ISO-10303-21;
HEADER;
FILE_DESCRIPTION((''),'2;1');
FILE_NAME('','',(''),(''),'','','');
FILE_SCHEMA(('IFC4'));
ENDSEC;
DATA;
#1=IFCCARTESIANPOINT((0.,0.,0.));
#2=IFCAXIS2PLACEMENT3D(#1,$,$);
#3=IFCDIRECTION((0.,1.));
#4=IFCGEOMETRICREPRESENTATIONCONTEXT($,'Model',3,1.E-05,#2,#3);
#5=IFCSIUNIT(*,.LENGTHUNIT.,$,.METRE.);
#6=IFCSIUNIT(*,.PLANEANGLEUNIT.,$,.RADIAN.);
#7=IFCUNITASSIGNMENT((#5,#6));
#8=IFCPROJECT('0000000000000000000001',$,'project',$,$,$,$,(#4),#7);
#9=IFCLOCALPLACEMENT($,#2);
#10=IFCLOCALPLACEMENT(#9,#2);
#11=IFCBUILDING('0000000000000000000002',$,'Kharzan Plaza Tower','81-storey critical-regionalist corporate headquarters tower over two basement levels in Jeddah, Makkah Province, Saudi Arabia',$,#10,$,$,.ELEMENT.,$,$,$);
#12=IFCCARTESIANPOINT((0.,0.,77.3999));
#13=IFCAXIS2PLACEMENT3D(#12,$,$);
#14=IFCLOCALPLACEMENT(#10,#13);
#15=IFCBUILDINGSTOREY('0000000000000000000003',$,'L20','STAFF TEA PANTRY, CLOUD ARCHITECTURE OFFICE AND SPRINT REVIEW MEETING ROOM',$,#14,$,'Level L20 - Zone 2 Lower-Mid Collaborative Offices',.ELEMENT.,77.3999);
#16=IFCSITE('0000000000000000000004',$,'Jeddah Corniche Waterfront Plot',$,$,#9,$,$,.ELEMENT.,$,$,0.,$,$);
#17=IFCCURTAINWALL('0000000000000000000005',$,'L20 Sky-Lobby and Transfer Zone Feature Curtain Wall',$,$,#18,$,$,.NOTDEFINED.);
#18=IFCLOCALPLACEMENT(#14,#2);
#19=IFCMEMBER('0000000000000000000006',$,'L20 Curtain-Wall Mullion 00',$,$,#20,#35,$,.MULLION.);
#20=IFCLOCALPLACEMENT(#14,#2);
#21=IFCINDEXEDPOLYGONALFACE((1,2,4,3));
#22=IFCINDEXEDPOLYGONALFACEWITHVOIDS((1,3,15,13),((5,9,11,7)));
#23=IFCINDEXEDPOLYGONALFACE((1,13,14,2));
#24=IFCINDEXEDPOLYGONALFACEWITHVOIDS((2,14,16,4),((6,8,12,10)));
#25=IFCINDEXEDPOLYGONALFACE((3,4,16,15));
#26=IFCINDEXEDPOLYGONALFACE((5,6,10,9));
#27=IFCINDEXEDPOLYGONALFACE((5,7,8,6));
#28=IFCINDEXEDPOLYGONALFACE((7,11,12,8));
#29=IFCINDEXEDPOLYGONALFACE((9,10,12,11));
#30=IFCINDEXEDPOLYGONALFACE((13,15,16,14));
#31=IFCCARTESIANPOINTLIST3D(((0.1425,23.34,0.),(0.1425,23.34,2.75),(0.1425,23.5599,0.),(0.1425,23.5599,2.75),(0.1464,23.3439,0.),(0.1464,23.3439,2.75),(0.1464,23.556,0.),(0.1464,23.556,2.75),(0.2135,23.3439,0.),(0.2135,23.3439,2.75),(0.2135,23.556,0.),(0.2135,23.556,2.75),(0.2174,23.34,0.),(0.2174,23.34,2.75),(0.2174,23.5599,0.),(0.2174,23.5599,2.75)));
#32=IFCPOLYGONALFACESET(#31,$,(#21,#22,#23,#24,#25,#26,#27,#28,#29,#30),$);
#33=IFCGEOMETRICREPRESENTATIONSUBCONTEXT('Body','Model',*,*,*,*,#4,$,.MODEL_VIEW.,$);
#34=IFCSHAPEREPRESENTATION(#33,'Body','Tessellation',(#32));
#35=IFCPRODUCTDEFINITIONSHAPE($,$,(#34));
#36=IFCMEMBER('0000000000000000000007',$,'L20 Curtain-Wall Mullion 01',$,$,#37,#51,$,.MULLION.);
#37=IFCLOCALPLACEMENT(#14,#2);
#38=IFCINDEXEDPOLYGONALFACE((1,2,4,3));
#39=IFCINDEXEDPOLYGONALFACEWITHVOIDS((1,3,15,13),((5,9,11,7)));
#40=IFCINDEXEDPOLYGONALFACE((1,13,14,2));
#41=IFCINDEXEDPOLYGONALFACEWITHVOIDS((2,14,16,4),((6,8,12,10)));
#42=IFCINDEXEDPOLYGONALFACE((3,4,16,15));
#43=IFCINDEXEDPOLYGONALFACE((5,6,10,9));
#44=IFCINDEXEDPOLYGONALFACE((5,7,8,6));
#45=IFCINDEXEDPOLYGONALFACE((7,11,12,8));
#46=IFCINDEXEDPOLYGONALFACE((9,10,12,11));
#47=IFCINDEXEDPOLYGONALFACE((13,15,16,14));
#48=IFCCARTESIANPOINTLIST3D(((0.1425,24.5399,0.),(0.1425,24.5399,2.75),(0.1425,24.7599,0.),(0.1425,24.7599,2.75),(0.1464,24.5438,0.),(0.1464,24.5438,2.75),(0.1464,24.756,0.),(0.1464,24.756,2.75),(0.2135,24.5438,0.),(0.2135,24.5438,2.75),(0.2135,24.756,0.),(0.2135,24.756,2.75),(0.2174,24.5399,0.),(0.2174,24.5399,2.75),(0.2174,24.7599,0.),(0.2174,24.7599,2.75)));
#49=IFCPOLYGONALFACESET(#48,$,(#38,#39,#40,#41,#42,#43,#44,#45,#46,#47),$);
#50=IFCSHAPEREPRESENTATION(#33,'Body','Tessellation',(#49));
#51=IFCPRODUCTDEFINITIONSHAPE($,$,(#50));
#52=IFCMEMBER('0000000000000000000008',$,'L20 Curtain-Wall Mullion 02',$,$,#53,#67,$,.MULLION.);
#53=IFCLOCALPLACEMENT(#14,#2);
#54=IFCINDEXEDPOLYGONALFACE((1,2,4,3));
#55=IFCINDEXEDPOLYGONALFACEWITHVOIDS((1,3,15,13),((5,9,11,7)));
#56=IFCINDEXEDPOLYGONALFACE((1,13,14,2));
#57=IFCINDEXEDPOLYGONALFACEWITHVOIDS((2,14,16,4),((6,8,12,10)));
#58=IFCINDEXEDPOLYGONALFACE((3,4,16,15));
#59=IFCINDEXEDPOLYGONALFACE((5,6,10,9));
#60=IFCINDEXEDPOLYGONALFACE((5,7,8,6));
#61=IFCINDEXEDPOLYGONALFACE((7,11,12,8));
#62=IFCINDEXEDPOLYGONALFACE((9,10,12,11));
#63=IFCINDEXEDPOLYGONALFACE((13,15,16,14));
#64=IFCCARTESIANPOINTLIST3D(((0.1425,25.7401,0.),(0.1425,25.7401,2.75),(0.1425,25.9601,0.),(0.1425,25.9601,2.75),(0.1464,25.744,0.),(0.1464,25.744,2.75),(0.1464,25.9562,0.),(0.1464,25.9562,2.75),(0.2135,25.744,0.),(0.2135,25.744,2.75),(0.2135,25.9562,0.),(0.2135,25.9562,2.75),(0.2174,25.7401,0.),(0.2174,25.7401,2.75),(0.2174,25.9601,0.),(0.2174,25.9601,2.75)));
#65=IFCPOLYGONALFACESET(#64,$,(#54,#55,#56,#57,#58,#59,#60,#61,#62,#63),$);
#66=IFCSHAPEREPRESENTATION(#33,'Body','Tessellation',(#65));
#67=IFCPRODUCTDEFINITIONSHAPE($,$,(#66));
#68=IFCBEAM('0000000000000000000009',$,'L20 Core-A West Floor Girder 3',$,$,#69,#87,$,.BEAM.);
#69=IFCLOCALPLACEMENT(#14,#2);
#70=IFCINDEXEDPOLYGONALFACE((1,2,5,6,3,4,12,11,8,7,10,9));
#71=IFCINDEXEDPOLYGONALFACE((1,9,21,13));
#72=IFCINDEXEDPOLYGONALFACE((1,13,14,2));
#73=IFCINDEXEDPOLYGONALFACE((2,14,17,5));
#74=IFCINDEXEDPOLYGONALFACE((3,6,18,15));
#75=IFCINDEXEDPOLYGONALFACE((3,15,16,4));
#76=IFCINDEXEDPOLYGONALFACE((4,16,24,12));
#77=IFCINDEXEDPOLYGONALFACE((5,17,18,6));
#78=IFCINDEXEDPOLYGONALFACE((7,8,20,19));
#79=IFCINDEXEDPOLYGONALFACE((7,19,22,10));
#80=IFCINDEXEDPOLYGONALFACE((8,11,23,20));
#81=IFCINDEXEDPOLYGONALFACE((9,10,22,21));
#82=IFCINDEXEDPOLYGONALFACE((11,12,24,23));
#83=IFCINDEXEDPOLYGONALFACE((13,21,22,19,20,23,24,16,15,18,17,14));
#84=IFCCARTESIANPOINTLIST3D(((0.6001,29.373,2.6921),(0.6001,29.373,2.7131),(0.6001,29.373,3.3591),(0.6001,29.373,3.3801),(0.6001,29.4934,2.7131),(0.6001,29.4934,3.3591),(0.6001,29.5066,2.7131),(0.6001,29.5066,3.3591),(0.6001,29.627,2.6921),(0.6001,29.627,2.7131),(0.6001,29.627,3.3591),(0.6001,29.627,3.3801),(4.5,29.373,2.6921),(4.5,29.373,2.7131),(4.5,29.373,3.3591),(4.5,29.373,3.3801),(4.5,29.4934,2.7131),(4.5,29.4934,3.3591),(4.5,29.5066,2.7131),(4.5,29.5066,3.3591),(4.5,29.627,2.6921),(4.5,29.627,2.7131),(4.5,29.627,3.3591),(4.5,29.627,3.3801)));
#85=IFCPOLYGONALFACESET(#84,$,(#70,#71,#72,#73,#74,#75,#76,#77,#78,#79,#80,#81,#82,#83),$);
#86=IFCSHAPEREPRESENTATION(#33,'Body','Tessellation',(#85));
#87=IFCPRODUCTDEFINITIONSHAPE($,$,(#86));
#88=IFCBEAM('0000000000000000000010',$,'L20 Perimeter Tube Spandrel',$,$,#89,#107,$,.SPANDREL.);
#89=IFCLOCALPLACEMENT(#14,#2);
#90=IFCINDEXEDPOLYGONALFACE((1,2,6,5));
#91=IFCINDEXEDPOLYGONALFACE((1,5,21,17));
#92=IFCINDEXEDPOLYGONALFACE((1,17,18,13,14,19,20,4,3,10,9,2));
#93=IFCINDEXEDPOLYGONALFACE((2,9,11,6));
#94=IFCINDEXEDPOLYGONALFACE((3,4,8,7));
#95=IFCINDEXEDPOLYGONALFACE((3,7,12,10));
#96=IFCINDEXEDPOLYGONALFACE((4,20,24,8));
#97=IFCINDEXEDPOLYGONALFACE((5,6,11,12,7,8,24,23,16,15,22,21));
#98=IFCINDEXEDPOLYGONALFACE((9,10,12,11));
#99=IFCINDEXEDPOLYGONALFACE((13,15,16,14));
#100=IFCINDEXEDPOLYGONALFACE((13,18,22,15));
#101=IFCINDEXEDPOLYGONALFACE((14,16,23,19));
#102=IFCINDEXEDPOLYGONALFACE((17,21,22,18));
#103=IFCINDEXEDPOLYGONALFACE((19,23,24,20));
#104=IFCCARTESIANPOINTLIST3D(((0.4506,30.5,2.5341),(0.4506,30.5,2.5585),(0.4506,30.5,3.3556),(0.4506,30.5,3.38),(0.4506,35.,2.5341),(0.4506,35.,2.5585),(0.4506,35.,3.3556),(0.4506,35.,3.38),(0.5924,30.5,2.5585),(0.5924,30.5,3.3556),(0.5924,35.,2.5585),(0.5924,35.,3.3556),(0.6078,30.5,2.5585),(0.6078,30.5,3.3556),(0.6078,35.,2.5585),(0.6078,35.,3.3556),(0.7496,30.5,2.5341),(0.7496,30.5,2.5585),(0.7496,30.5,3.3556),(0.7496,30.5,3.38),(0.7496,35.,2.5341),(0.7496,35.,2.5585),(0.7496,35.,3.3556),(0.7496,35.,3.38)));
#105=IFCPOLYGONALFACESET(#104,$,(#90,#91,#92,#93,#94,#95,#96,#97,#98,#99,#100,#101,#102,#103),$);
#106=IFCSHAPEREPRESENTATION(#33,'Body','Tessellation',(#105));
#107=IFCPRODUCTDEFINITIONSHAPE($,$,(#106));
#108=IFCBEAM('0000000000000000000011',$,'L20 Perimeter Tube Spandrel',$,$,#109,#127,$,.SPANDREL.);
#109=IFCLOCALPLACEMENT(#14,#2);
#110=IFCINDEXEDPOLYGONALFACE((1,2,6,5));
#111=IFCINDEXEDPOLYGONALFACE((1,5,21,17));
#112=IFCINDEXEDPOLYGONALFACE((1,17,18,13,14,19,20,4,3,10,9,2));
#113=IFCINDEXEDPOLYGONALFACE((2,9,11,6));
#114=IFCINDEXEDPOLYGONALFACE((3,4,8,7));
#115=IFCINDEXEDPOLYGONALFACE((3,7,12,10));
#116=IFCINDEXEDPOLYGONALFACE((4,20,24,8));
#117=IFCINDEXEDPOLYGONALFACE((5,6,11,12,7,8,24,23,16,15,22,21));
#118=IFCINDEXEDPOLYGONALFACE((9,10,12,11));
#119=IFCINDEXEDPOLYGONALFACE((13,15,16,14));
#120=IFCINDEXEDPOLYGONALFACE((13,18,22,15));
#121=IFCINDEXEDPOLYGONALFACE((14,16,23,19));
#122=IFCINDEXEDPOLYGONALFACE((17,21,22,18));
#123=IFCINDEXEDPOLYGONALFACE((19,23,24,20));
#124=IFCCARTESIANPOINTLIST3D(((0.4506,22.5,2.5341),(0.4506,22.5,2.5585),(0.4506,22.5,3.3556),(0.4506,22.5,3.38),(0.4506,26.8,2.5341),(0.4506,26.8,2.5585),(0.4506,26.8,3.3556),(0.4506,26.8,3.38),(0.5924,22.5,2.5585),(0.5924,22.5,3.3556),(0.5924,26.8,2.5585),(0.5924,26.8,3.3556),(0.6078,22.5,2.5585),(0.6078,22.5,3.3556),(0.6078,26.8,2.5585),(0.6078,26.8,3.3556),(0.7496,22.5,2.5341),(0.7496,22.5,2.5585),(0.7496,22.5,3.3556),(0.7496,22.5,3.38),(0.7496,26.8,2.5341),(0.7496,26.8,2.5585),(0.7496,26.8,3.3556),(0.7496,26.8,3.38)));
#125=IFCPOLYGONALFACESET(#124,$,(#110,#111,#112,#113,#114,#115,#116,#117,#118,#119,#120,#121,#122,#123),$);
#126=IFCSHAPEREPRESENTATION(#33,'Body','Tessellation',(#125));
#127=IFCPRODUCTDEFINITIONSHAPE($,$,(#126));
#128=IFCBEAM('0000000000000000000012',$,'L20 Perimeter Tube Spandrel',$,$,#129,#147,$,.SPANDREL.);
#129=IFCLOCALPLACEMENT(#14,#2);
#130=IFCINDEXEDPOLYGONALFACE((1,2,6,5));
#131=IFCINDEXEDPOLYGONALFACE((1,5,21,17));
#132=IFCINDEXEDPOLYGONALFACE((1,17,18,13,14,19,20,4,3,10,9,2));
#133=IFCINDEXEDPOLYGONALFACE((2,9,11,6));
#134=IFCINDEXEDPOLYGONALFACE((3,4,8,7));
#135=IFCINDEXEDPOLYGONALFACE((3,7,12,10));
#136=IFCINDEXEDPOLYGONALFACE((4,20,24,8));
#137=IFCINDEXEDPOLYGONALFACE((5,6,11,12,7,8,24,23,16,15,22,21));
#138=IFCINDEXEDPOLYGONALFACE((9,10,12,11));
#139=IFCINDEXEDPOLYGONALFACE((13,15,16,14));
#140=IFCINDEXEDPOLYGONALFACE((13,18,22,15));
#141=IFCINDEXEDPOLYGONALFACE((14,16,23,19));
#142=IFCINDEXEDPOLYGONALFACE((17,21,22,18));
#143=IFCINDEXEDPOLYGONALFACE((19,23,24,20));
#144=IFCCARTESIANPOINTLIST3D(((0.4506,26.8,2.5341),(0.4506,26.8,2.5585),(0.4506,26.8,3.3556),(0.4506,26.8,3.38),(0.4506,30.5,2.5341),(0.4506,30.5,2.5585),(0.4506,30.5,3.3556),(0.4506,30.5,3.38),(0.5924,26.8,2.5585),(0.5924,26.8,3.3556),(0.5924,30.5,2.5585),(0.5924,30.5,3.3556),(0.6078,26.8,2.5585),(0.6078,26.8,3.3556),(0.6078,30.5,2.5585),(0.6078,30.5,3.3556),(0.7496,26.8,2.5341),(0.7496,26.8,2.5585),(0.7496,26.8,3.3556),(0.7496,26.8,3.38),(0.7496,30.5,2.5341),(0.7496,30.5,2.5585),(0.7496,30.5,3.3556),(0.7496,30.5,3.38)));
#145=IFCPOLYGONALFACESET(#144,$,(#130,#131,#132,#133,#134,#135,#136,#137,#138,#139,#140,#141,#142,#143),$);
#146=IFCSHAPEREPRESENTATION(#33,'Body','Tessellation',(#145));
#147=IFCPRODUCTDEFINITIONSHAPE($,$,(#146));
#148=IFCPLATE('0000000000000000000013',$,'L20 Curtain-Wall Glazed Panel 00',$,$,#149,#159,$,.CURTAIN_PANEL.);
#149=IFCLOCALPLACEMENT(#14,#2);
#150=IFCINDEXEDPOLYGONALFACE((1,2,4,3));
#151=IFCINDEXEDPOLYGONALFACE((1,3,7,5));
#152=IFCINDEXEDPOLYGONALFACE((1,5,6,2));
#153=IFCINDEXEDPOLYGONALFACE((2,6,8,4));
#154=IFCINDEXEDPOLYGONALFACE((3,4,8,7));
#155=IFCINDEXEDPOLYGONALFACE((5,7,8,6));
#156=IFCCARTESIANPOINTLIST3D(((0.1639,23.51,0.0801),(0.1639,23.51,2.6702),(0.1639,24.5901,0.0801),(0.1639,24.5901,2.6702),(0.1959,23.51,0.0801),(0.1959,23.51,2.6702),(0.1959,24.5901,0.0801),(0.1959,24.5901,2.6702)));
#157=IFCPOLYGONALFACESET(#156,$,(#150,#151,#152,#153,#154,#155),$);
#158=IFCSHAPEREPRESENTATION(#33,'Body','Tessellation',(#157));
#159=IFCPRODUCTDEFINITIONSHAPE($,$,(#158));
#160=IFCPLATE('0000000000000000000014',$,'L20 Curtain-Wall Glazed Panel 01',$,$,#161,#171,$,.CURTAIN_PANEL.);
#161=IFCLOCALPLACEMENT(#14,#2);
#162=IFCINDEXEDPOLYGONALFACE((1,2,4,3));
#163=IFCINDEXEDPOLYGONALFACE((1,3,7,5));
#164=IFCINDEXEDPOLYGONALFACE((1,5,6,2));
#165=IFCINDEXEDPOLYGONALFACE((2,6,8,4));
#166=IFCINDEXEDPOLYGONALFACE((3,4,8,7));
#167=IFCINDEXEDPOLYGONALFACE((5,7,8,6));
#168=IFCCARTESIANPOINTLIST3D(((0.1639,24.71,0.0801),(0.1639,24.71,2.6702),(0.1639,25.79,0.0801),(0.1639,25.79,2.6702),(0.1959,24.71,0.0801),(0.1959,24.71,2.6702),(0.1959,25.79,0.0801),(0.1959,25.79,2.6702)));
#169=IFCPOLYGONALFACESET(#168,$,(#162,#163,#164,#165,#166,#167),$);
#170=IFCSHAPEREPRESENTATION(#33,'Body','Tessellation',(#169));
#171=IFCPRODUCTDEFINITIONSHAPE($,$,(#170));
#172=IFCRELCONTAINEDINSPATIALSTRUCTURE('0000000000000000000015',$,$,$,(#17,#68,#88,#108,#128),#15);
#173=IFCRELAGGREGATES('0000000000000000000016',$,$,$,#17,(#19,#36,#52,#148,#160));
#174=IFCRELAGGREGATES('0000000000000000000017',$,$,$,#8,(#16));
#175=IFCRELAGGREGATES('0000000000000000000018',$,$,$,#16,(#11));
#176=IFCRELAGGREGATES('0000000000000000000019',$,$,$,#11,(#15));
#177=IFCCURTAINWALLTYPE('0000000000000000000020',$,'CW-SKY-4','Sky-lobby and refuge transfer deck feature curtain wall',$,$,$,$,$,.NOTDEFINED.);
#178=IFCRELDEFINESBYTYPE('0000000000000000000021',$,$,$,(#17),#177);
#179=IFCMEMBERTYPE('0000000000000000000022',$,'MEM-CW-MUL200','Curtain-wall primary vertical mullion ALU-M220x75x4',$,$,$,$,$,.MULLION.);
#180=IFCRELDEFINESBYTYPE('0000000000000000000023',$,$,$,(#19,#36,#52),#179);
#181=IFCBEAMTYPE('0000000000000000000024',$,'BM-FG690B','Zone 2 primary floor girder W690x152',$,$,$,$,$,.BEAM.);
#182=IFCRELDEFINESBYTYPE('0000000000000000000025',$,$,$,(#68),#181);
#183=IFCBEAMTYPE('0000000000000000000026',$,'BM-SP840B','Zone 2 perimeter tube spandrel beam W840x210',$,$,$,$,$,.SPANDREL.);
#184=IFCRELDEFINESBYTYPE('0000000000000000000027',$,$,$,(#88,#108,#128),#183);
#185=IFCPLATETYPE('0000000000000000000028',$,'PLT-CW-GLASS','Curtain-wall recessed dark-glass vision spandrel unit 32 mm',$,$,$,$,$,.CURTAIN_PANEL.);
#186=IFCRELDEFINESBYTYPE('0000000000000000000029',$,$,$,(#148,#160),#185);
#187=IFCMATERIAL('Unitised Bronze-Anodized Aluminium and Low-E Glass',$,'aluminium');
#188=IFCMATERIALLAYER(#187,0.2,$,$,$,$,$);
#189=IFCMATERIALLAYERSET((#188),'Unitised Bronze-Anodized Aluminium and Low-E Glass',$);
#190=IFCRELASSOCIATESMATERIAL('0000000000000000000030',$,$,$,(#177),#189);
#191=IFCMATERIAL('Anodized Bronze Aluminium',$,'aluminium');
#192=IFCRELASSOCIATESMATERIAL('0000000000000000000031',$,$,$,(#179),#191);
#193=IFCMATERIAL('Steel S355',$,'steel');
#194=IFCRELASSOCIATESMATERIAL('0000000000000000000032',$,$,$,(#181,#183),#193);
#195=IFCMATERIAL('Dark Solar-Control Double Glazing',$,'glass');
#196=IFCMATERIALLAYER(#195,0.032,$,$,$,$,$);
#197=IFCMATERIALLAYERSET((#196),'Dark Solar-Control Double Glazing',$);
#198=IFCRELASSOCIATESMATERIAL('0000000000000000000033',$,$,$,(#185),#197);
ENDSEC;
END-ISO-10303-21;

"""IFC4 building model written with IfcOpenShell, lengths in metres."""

from ifc_helpers import new_model, si_unit, direction, frame, origin, origin_2d, place, context, subcontext, project, spatial, rectangle, hollow_rectangle, i_section, extrude, source, transform, mapped, material, layer, layer_set, material_profile, profile_set, type_object, element, aggregate, save


model = new_model("IFC4")

# Units and contexts
model_context = context("Model", 3, precision=1e-05, world=origin(), true_north=direction((0.0, 1.0)))
body_context = subcontext(model_context, "Body", "Model", "MODEL_VIEW")
ifc_project = project(units=[si_unit("LENGTHUNIT", "METRE"), si_unit("PLANEANGLEUNIT", "RADIAN")], contexts=[model_context])

# Site, building, storey
site_placement = place(None, origin())
site = spatial("IfcSite", under=ifc_project, at=site_placement, Name="Jeddah Corniche Waterfront Plot", CompositionType="ELEMENT", RefElevation=0.0)
building_placement = place(site_placement, origin())
building = spatial("IfcBuilding", under=site, at=building_placement, Name="Kharzan Plaza Tower", Description="81-storey critical-regionalist corporate headquarters tower over two basement levels in Jeddah, Makkah Province, Saudi Arabia", CompositionType="ELEMENT")
storey_placement = place(building_placement, frame((0.0, 0.0, 77.3999)))
storey = spatial("IfcBuildingStorey", under=building, at=storey_placement, Name="L20", Description="STAFF TEA PANTRY, CLOUD ARCHITECTURE OFFICE AND SPRINT REVIEW MEETING ROOM", LongName="Level L20 - Zone 2 Lower-Mid Collaborative Offices", CompositionType="ELEMENT", Elevation=77.3999)

# Shared definitions
ifc_material_1 = material(Name="Steel S355", Category="steel")

# Curtain wall, members
ifc_material_2 = material(Name="Unitised Bronze-Anodized Aluminium and Low-E Glass", Category="aluminium")
ifc_layer_1 = layer(ifc_material_2, 0.2)
ifc_layer_set_1 = layer_set([ifc_layer_1], Name="Unitised Bronze-Anodized Aluminium and Low-E Glass")
curtain_wall_type = type_object("IfcCurtainWallType", Name="CW-SKY-4", Description="Sky-lobby and refuge transfer deck feature curtain wall", PredefinedType="NOTDEFINED", material=ifc_layer_set_1)
curtain_wall_placement = place(storey_placement, origin())
curtain_wall = element("IfcCurtainWall", 1, at=curtain_wall_placement, inside=storey, type_object=curtain_wall_type, Name="L20 Sky-Lobby and Transfer Zone Feature Curtain Wall", PredefinedType="NOTDEFINED")
ifc_material_3 = material(Name="Anodized Bronze Aluminium", Category="aluminium")
ifc_material_profile_1 = material_profile(ifc_material_3, hollow_rectangle(XDim=0.075, YDim=0.22, WallThickness=0.0039, at=origin_2d()), Name="ALU-M220x75x4")
ifc_profile_set_1 = profile_set([ifc_material_profile_1], Name="Anodized Bronze Aluminium")
member_type_1 = type_object("IfcMemberType", Name="MEM-CW-MUL200", Description="Curtain-wall primary vertical mullion ALU-M220x75x4", PredefinedType="MULLION", material=ifc_profile_set_1)
shared_shape_1 = source(origin(), body_context, "Body", "SweptSolid", [
    extrude(hollow_rectangle(XDim=0.075, YDim=0.22, WallThickness=0.0039, at=origin_2d()), origin(), (0.0, 0.0, 1.0), 2.75),
])
member_1_placement = place(storey_placement, frame((0.1799, 23.45, 0.0), z_axis=(0.0, 0.0, 1.0), x_axis=(1.0, 0.0, 0.0)))
member_1 = element("IfcMember", 2, at=member_1_placement, type_object=member_type_1, Name="L20 Curtain-Wall Mullion 00", PredefinedType="MULLION", context=body_context, shape_type="MappedRepresentation", body=[
    mapped(shared_shape_1, transform((0.0, 0.0, 0.0), x_axis=(1.0, 0.0, 0.0), y_axis=(0.0, 1.0, 0.0), z_axis=(0.0, 0.0, 1.0))),
])
member_2_placement = place(storey_placement, frame((0.1799, 24.6499, 0.0), z_axis=(0.0, 0.0, 1.0), x_axis=(1.0, 0.0, 0.0)))
member_2 = element("IfcMember", 3, at=member_2_placement, type_object=member_type_1, Name="L20 Curtain-Wall Mullion 01", PredefinedType="MULLION", context=body_context, shape_type="MappedRepresentation", body=[
    mapped(shared_shape_1, transform((0.0, 0.0, 0.0), x_axis=(1.0, 0.0, 0.0), y_axis=(0.0, 1.0, 0.0), z_axis=(0.0, 0.0, 1.0))),
])
member_3_placement = place(storey_placement, frame((0.1799, 25.8501, 0.0), z_axis=(0.0, 0.0, 1.0), x_axis=(1.0, 0.0, 0.0)))
member_3 = element("IfcMember", 4, at=member_3_placement, type_object=member_type_1, Name="L20 Curtain-Wall Mullion 02", PredefinedType="MULLION", context=body_context, shape_type="MappedRepresentation", body=[
    mapped(shared_shape_1, transform((0.0, 0.0, 0.0), x_axis=(1.0, 0.0, 0.0), y_axis=(0.0, 1.0, 0.0), z_axis=(0.0, 0.0, 1.0))),
])

# Beams
ifc_material_profile_2 = material_profile(ifc_material_1, i_section(OverallWidth=0.2539, OverallDepth=0.688, WebThickness=0.0132, FlangeThickness=0.021, at=origin_2d()), Name="W690x152")
ifc_profile_set_2 = profile_set([ifc_material_profile_2], Name="Steel S355")
beam_type_1 = type_object("IfcBeamType", Name="BM-FG690B", Description="Zone 2 primary floor girder W690x152", PredefinedType="BEAM", material=ifc_profile_set_2)
shared_shape_2 = source(origin(), body_context, "Body", "SweptSolid", [
    extrude(i_section(OverallWidth=0.2539, OverallDepth=0.688, WebThickness=0.0132, FlangeThickness=0.021, at=origin_2d()), origin(), (0.0, 0.0, 1.0), 3.8999),
])
beam_1_placement = place(storey_placement, frame((0.6001, 29.5, 3.0361), z_axis=(1.0, 0.0, 0.0), x_axis=(0.0, 1.0, 0.0)))
element("IfcBeam", 5, at=beam_1_placement, inside=storey, type_object=beam_type_1, Name="L20 Core-A West Floor Girder 3", PredefinedType="BEAM", context=body_context, shape_type="MappedRepresentation", body=[
    mapped(shared_shape_2, transform((0.0, 0.0, 0.0), x_axis=(1.0, 0.0, 0.0), y_axis=(0.0, 1.0, 0.0), z_axis=(0.0, 0.0, 1.0))),
])
ifc_material_profile_3 = material_profile(ifc_material_1, i_section(OverallWidth=0.2991, OverallDepth=0.8459, WebThickness=0.0154, FlangeThickness=0.0244, at=origin_2d()), Name="W840x210")
ifc_profile_set_3 = profile_set([ifc_material_profile_3], Name="Steel S355")
beam_type_2 = type_object("IfcBeamType", Name="BM-SP840B", Description="Zone 2 perimeter tube spandrel beam W840x210", PredefinedType="SPANDREL", material=ifc_profile_set_3)
shared_shape_3 = source(origin(), body_context, "Body", "SweptSolid", [
    extrude(i_section(OverallWidth=0.2991, OverallDepth=0.8459, WebThickness=0.0154, FlangeThickness=0.0244, at=origin_2d()), origin(), (0.0, 0.0, 1.0), 4.5),
])
beam_2_placement = place(storey_placement, frame((0.6001, 30.5, 2.957), z_axis=(0.0, 1.0, 0.0), x_axis=(-1.0, 0.0, 0.0)))
element("IfcBeam", 6, at=beam_2_placement, inside=storey, type_object=beam_type_2, Name="L20 Perimeter Tube Spandrel", PredefinedType="SPANDREL", context=body_context, shape_type="MappedRepresentation", body=[
    mapped(shared_shape_3, transform((0.0, 0.0, 0.0), x_axis=(1.0, 0.0, 0.0), y_axis=(0.0, 1.0, 0.0), z_axis=(0.0, 0.0, 1.0))),
])
shared_shape_4 = source(origin(), body_context, "Body", "SweptSolid", [
    extrude(i_section(OverallWidth=0.2991, OverallDepth=0.8459, WebThickness=0.0154, FlangeThickness=0.0244, at=origin_2d()), origin(), (0.0, 0.0, 1.0), 4.3),
])
beam_3_placement = place(storey_placement, frame((0.6001, 22.5, 2.957), z_axis=(0.0, 1.0, 0.0), x_axis=(-1.0, 0.0, 0.0)))
element("IfcBeam", 7, at=beam_3_placement, inside=storey, type_object=beam_type_2, Name="L20 Perimeter Tube Spandrel", PredefinedType="SPANDREL", context=body_context, shape_type="MappedRepresentation", body=[
    mapped(shared_shape_4, transform((0.0, 0.0, 0.0), x_axis=(1.0, 0.0, 0.0), y_axis=(0.0, 1.0, 0.0), z_axis=(0.0, 0.0, 1.0))),
])
shared_shape_5 = source(origin(), body_context, "Body", "SweptSolid", [
    extrude(i_section(OverallWidth=0.2991, OverallDepth=0.8459, WebThickness=0.0154, FlangeThickness=0.0244, at=origin_2d()), origin(), (0.0, 0.0, 1.0), 3.7),
])
beam_4_placement = place(storey_placement, frame((0.6001, 26.8, 2.957), z_axis=(0.0, 1.0, 0.0), x_axis=(-1.0, 0.0, 0.0)))
element("IfcBeam", 8, at=beam_4_placement, inside=storey, type_object=beam_type_2, Name="L20 Perimeter Tube Spandrel", PredefinedType="SPANDREL", context=body_context, shape_type="MappedRepresentation", body=[
    mapped(shared_shape_5, transform((0.0, 0.0, 0.0), x_axis=(1.0, 0.0, 0.0), y_axis=(0.0, 1.0, 0.0), z_axis=(0.0, 0.0, 1.0))),
])

# Plates
ifc_material_4 = material(Name="Dark Solar-Control Double Glazing", Category="glass")
ifc_layer_2 = layer(ifc_material_4, 0.032)
ifc_layer_set_2 = layer_set([ifc_layer_2], Name="Dark Solar-Control Double Glazing")
plate_type = type_object("IfcPlateType", Name="PLT-CW-GLASS", Description="Curtain-wall recessed dark-glass vision spandrel unit 32 mm", PredefinedType="CURTAIN_PANEL", material=ifc_layer_set_2)
shared_shape_6 = source(origin(), body_context, "Body", "SweptSolid", [
    extrude(rectangle(XDim=1.0801, YDim=0.032, at=origin_2d()), origin(), (0.0, 0.0, 1.0), 2.5901),
])
plate_1_placement = place(storey_placement, frame((0.1799, 24.05, 0.0801), z_axis=(0.0, 0.0, 1.0), x_axis=(0.0, 1.0, 0.0)))
plate_1 = element("IfcPlate", 9, at=plate_1_placement, type_object=plate_type, Name="L20 Curtain-Wall Glazed Panel 00", PredefinedType="CURTAIN_PANEL", context=body_context, shape_type="MappedRepresentation", body=[
    mapped(shared_shape_6, transform((0.0, 0.0, 0.0), x_axis=(1.0, 0.0, 0.0), y_axis=(0.0, 1.0, 0.0), z_axis=(0.0, 0.0, 1.0))),
])
plate_2_placement = place(storey_placement, frame((0.1799, 25.25, 0.0801), z_axis=(0.0, 0.0, 1.0), x_axis=(0.0, 1.0, 0.0)))
plate_2 = element("IfcPlate", 10, at=plate_2_placement, type_object=plate_type, Name="L20 Curtain-Wall Glazed Panel 01", PredefinedType="CURTAIN_PANEL", context=body_context, shape_type="MappedRepresentation", body=[
    mapped(shared_shape_6, transform((0.0, 0.0, 0.0), x_axis=(1.0, 0.0, 0.0), y_axis=(0.0, 1.0, 0.0), z_axis=(0.0, 0.0, 1.0))),
])
aggregate(curtain_wall, [member_1, member_2, member_3, plate_1, plate_2])

save(model, "model.ifc")
